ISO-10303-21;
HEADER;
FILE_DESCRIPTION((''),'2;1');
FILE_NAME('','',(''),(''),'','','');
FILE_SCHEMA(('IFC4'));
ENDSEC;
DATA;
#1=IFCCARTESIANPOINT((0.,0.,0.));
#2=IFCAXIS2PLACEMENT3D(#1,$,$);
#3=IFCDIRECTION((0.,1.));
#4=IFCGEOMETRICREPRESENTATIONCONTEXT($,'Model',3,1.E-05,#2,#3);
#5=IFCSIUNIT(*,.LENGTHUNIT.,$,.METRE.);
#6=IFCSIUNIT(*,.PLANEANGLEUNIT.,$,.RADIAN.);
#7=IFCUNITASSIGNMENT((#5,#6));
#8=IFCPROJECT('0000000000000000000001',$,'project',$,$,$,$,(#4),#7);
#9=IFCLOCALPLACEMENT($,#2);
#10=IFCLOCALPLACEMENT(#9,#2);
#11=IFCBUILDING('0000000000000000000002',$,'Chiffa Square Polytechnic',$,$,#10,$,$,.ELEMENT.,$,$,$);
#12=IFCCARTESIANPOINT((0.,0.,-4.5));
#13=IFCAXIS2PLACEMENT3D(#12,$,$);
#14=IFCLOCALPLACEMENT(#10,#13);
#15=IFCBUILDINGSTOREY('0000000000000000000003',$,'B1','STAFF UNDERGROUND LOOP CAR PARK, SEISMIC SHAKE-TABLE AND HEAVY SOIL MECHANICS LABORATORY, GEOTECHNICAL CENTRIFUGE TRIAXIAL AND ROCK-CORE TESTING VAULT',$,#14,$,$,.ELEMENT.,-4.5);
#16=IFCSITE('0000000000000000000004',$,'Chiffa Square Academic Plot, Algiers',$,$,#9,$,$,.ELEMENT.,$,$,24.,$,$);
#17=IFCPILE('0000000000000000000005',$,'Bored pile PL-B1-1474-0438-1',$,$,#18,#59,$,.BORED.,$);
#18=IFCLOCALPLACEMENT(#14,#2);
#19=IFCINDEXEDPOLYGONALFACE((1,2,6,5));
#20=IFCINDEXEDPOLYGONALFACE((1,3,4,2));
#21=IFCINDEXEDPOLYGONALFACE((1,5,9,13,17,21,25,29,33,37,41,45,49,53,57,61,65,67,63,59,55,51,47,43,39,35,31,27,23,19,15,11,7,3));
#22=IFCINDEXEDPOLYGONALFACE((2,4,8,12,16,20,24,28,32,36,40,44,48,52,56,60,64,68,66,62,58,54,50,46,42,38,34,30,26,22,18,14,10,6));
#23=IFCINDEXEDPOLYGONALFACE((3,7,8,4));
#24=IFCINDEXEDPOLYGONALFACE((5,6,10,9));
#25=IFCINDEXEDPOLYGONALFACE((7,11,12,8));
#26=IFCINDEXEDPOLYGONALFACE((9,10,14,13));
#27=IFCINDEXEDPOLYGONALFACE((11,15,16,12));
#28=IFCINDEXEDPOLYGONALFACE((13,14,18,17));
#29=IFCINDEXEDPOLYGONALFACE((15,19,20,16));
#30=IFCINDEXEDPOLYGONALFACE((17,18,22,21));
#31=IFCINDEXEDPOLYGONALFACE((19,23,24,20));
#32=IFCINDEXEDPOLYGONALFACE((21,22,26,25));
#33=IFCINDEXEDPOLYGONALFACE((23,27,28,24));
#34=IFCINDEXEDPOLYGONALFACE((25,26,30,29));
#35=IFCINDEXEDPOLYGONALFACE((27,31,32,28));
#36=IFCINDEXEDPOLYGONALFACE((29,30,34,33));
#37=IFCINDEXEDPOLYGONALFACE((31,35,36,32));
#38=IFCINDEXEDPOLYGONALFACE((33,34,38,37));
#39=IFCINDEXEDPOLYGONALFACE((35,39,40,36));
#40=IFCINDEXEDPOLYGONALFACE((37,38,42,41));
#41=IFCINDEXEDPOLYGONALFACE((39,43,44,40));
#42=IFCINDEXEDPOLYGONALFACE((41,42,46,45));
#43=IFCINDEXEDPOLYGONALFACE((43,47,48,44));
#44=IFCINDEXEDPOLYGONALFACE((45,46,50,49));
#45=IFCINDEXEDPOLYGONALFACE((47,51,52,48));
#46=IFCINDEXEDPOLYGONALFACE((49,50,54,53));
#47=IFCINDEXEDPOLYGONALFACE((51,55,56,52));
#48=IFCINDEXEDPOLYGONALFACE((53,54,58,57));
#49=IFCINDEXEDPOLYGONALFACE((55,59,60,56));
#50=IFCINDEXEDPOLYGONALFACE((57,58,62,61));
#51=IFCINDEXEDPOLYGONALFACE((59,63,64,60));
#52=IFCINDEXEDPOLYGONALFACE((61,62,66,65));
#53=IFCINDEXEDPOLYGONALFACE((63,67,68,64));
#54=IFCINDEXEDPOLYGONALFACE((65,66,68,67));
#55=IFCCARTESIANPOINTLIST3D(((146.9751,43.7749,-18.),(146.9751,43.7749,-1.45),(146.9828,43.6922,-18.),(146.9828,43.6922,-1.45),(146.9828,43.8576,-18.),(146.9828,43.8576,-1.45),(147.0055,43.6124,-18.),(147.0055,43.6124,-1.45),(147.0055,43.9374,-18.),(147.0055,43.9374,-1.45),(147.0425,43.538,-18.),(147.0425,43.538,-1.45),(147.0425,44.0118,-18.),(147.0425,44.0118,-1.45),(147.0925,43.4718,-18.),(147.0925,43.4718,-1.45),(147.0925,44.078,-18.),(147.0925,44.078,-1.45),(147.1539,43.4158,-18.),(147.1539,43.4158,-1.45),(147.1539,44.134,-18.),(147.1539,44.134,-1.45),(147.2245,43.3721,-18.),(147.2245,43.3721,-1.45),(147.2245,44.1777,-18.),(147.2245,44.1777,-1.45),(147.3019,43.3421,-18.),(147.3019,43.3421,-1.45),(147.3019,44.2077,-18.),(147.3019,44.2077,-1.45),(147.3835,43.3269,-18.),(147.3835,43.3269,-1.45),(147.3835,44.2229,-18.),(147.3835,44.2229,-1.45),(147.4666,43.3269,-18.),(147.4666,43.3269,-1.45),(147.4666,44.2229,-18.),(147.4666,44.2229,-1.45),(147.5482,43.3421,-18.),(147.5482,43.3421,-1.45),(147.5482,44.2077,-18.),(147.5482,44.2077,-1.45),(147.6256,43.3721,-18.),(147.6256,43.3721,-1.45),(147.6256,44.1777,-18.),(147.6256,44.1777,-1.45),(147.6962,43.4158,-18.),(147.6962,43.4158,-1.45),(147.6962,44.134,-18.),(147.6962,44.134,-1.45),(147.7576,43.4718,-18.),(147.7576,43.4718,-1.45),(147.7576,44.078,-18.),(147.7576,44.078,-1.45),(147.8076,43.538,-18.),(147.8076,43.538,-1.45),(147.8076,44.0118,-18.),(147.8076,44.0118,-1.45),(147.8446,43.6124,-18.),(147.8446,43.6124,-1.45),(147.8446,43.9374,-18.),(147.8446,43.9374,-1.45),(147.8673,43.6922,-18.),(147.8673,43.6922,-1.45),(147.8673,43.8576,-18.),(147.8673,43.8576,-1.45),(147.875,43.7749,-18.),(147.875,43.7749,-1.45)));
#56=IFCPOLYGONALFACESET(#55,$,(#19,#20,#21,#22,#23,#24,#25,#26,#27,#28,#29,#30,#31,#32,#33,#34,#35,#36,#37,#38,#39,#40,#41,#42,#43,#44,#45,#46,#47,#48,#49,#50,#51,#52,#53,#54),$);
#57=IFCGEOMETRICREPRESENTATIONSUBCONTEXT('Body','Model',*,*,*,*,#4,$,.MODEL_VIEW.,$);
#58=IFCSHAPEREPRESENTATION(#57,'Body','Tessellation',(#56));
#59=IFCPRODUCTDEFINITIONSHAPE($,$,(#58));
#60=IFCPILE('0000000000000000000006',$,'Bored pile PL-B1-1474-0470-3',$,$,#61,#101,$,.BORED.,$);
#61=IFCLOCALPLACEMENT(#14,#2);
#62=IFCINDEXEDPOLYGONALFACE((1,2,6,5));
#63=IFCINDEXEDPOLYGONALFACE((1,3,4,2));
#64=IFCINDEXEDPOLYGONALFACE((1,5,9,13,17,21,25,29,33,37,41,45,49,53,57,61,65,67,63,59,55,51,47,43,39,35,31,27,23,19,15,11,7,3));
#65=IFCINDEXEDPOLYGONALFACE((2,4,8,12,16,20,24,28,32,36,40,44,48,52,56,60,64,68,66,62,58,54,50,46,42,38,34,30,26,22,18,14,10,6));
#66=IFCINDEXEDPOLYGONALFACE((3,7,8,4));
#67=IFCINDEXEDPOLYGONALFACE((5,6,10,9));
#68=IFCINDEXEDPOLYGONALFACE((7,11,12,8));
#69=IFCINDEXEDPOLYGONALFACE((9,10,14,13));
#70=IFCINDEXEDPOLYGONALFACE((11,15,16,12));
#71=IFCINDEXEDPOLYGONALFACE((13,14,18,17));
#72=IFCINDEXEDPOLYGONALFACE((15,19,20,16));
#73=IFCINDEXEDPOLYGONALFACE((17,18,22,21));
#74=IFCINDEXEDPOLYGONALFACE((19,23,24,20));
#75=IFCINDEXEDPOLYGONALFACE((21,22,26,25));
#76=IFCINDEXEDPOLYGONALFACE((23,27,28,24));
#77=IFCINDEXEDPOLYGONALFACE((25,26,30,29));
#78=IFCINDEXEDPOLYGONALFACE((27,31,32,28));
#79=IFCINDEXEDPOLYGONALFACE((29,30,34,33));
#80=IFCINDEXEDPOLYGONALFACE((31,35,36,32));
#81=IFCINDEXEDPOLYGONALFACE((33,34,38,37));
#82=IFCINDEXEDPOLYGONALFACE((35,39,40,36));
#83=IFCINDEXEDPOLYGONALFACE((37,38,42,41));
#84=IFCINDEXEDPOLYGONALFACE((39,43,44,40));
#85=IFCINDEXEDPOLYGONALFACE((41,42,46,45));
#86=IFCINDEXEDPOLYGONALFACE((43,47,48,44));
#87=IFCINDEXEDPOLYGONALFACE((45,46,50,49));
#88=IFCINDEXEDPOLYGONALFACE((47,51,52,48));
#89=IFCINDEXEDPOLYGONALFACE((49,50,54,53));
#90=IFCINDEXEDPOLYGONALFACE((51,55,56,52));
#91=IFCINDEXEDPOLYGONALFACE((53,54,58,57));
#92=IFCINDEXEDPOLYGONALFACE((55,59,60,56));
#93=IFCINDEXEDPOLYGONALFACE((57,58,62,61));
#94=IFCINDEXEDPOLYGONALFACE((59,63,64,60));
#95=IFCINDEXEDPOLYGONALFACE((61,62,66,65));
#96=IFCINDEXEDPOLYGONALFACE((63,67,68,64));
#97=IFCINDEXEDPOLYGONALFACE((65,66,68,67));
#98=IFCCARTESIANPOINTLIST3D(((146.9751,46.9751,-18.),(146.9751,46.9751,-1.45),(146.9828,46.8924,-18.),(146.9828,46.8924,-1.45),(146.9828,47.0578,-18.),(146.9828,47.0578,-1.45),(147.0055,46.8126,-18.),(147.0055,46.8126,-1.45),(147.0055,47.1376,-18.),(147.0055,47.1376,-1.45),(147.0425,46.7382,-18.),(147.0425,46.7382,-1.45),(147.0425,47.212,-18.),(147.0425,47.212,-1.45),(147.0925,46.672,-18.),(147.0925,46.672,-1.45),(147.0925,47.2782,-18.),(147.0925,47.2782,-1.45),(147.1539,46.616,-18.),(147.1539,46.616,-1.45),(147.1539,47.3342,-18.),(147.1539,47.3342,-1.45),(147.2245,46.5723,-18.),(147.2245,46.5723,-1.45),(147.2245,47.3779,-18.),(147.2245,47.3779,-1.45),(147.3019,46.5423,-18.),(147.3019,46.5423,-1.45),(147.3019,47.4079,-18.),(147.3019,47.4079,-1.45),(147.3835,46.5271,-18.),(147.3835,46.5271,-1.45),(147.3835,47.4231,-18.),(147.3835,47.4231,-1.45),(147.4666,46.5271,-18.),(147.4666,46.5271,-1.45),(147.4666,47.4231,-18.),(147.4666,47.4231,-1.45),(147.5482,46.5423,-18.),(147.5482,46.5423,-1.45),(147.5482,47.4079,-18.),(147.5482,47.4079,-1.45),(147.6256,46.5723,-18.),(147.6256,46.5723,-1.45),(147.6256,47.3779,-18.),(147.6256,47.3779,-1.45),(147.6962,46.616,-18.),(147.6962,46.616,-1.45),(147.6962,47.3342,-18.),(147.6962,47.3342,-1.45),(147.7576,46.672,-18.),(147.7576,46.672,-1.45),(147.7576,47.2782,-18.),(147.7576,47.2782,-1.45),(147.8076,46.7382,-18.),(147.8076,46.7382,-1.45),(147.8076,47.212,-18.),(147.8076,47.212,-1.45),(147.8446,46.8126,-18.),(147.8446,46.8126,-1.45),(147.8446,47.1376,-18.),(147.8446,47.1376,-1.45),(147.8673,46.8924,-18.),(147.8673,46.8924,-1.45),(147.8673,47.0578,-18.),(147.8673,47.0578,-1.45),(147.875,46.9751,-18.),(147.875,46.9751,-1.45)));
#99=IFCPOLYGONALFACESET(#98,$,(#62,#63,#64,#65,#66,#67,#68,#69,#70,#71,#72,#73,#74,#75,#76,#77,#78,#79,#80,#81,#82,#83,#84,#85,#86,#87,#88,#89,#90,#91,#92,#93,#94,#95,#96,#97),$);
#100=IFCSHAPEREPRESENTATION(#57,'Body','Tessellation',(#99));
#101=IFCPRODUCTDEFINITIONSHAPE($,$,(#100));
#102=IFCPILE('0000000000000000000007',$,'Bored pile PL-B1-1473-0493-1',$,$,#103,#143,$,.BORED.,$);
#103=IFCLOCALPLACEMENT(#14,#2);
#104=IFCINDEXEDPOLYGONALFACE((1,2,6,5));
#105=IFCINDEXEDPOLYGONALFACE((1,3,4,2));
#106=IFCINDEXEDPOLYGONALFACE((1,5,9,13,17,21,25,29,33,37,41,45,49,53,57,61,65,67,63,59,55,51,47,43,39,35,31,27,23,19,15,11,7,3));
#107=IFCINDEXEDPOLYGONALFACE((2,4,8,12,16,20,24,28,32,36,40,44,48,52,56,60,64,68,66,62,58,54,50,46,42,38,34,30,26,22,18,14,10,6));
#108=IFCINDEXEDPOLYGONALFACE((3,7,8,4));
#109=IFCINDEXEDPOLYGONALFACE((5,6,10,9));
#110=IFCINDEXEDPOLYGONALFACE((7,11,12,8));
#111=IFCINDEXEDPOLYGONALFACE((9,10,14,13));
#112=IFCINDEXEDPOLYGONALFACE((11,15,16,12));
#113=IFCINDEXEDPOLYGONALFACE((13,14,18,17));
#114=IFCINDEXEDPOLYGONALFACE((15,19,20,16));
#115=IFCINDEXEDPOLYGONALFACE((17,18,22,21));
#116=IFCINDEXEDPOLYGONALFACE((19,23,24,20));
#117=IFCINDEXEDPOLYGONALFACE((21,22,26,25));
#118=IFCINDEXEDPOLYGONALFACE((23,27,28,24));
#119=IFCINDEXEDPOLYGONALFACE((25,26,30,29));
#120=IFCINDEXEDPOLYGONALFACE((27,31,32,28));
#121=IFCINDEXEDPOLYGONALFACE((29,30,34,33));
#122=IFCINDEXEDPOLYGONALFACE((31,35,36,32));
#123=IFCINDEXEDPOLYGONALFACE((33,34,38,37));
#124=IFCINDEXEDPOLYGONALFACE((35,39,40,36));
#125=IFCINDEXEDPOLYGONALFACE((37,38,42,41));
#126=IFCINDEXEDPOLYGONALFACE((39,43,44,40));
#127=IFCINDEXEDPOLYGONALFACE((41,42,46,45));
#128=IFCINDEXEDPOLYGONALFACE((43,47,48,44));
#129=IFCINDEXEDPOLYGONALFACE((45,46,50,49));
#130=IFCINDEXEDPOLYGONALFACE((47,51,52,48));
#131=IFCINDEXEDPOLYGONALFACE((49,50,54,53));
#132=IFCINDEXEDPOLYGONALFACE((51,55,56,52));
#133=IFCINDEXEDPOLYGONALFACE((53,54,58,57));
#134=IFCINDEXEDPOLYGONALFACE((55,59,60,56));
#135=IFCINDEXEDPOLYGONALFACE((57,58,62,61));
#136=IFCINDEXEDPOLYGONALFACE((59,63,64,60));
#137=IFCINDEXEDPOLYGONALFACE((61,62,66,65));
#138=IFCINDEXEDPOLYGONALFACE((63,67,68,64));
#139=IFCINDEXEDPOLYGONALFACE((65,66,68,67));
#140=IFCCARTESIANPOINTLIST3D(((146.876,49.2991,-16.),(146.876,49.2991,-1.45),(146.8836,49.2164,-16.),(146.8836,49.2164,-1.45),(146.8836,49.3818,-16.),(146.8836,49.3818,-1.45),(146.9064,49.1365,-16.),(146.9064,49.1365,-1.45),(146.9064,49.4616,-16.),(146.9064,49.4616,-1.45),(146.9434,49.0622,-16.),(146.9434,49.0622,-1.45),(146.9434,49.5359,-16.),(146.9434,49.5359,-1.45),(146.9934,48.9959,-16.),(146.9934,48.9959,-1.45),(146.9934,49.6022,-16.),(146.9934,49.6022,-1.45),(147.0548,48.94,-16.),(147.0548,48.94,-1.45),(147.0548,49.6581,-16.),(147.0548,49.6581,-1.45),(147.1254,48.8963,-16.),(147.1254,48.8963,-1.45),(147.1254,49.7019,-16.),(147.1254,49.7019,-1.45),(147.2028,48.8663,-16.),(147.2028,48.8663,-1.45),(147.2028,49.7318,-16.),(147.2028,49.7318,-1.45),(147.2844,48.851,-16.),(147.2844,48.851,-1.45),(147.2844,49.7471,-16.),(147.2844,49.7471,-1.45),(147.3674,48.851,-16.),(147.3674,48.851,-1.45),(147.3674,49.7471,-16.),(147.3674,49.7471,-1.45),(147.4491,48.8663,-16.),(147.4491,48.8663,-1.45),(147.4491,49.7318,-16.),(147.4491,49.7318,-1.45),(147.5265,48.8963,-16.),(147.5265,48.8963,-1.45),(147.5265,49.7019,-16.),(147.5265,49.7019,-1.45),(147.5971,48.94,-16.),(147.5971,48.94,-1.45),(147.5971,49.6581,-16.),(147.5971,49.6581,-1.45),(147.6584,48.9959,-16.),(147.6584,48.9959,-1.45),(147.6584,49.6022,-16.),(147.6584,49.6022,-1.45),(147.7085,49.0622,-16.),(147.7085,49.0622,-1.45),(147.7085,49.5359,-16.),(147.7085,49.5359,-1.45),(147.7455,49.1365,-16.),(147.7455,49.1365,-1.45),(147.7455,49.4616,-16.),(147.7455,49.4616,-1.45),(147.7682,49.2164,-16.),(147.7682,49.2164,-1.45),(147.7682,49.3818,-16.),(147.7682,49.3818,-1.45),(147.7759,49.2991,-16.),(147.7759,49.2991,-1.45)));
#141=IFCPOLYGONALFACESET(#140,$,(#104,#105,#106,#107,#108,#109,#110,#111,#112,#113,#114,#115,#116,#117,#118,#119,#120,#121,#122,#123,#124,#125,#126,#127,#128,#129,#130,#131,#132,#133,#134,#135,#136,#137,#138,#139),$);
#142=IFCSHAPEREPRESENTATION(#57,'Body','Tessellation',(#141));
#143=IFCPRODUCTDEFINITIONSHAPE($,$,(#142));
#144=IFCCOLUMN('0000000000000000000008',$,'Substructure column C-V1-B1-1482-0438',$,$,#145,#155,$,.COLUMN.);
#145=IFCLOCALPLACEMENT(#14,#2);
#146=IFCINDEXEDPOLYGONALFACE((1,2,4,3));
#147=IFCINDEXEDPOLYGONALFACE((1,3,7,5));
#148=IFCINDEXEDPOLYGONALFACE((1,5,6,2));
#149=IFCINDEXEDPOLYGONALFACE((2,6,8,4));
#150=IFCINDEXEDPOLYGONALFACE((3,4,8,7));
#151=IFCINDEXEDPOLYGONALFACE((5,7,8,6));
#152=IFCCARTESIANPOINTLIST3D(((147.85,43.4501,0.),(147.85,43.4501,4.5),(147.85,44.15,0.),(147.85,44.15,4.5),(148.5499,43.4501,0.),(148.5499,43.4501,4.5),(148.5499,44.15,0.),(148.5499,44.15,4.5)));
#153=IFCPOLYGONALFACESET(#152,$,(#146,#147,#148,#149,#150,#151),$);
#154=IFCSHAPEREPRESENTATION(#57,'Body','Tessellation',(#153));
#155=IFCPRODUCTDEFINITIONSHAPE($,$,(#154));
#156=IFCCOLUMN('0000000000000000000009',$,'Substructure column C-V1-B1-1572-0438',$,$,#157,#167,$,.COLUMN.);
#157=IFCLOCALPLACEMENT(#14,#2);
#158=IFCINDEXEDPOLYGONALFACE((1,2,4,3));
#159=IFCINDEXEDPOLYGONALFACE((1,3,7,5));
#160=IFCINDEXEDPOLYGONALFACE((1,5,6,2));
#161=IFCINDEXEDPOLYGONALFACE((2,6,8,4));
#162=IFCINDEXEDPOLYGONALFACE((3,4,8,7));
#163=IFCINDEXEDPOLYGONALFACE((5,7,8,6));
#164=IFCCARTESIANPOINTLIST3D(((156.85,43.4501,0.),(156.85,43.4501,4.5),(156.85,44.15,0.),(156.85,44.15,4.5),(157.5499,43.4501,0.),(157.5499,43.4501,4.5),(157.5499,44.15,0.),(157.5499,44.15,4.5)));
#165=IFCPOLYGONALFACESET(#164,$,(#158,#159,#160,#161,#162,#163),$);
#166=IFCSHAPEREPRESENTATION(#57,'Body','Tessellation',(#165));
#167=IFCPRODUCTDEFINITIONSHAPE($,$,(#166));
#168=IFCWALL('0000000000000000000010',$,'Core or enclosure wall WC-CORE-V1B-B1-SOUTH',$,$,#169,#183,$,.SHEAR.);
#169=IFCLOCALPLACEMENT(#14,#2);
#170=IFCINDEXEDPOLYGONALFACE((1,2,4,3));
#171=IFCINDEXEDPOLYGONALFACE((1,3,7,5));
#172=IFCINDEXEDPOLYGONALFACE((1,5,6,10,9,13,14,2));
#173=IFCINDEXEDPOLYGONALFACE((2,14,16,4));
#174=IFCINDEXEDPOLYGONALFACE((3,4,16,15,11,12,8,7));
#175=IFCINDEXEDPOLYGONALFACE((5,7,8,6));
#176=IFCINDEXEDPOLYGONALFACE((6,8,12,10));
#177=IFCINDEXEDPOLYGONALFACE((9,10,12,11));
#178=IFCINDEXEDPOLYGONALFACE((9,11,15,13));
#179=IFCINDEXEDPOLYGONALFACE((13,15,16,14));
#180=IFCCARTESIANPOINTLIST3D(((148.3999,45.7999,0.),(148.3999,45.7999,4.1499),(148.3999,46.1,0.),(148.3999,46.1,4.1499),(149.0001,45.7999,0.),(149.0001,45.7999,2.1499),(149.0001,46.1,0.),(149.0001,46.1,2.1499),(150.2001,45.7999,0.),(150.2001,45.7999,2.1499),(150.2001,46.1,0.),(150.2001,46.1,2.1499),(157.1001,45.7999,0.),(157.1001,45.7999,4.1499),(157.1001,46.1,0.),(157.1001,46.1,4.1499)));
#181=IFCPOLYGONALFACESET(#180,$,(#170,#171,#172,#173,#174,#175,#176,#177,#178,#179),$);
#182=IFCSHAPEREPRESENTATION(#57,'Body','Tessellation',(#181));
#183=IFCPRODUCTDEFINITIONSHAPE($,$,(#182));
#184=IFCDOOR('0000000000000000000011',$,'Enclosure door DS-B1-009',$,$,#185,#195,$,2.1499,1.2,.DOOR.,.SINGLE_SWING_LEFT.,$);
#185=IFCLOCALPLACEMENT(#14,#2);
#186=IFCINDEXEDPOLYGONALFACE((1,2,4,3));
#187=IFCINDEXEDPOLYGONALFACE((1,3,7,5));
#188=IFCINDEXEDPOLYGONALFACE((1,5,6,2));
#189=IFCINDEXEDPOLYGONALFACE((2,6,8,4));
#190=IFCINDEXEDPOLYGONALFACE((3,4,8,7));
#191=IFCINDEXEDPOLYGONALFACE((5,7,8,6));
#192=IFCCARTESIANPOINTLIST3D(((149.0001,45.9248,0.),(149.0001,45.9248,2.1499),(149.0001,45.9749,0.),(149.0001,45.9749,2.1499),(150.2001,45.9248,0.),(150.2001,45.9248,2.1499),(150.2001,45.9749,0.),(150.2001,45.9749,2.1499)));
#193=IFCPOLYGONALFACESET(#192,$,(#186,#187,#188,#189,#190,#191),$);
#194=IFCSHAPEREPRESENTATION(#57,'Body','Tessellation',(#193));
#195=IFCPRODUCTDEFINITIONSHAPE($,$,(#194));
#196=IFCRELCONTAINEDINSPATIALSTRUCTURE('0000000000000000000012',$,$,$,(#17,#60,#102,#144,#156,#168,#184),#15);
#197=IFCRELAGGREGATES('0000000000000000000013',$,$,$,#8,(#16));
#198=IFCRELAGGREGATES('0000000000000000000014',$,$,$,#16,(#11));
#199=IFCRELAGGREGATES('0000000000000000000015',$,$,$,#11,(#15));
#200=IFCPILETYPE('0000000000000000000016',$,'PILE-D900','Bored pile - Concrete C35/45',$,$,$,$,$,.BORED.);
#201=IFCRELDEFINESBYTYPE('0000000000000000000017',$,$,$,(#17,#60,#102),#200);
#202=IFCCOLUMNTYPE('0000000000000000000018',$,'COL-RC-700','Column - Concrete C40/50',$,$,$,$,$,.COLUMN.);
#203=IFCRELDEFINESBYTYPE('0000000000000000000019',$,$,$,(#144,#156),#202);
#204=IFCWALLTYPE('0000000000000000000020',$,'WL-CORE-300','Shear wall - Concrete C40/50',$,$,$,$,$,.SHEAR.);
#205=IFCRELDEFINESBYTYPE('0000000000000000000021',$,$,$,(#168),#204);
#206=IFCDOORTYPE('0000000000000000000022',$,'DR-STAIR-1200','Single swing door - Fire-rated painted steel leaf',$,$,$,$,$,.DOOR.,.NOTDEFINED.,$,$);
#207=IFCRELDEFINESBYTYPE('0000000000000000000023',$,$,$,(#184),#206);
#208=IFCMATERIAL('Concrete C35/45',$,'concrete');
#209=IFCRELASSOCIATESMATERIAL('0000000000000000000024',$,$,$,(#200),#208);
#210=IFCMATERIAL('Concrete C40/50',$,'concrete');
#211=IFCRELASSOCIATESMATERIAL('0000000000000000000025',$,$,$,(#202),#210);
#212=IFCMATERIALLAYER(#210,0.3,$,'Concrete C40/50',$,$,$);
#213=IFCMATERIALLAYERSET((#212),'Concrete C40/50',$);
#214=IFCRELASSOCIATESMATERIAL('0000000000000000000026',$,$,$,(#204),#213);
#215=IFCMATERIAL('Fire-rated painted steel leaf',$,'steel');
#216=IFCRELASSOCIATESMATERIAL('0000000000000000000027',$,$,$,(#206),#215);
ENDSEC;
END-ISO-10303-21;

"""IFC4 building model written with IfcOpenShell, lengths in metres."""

from ifc_helpers import new_model, si_unit, direction, frame, frame_2d, origin, origin_2d, place, context, subcontext, project, spatial, rectangle, circle, extrude, material, layer, layer_set, material_profile, profile_set, type_object, element, fill, save


model = new_model("IFC4")

# Units and contexts
model_context = context("Model", 3, precision=1e-05, world=origin(), true_north=direction((0.0, 1.0)))
body_context = subcontext(model_context, "Body", "Model", "MODEL_VIEW")
ifc_project = project(units=[si_unit("LENGTHUNIT", "METRE"), si_unit("PLANEANGLEUNIT", "RADIAN")], contexts=[model_context])

# Site, building, storey
site_placement = place(None, origin())
site = spatial("IfcSite", under=ifc_project, at=site_placement, Name="Chiffa Square Academic Plot, Algiers", CompositionType="ELEMENT", RefElevation=24.0)
building_placement = place(site_placement, origin())
building = spatial("IfcBuilding", under=site, at=building_placement, Name="Chiffa Square Polytechnic", CompositionType="ELEMENT")
storey_placement = place(building_placement, frame((0.0, 0.0, -4.5)))
storey = spatial("IfcBuildingStorey", under=building, at=storey_placement, Name="B1", Description="STAFF UNDERGROUND LOOP CAR PARK, SEISMIC SHAKE-TABLE AND HEAVY SOIL MECHANICS LABORATORY, GEOTECHNICAL CENTRIFUGE TRIAXIAL AND ROCK-CORE TESTING VAULT", CompositionType="ELEMENT", Elevation=-4.5)

# Shared definitions
ifc_material_1 = material(Name="Concrete C35/45", Category="concrete")

# Piles
ifc_material_profile_1 = material_profile(ifc_material_1, circle(Radius=0.45, at=origin_2d()), Name="PILE D900")
ifc_profile_set_1 = profile_set([ifc_material_profile_1], Name="Concrete C35/45")
pile_type_1 = type_object("IfcPileType", Name="PILE-D900", Description="Bored pile - Concrete C35/45", PredefinedType="BORED", material=ifc_profile_set_1)
for number, where, z_axis, x_axis, name in (
    (1, (147.425, 43.7749, -1.45), (0.0, 0.0, -1.0), (1.0, 0.0, 0.0), "Bored pile PL-B1-1474-0438-1"),
    (2, (147.425, 46.9751, -1.45), (0.0, 0.0, -1.0), (1.0, 0.0, 0.0), "Bored pile PL-B1-1474-0470-3"),
):
    element("IfcPile", number, at=place(storey_placement, frame(where, z_axis=z_axis, x_axis=x_axis)), inside=storey, type_object=pile_type_1, Name=name, PredefinedType="BORED", context=body_context, shape_type="SweptSolid", body=[
        extrude(circle(Radius=0.45, at=origin_2d()), origin(), (0.0, 0.0, 1.0), 16.55),
    ])
pile_1_placement = place(storey_placement, frame((147.3259, 49.2991, -1.45), z_axis=(0.0, 0.0, -1.0), x_axis=(1.0, 0.0, 0.0)))
element("IfcPile", 3, at=pile_1_placement, inside=storey, type_object=pile_type_1, Name="Bored pile PL-B1-1473-0493-1", PredefinedType="BORED", context=body_context, shape_type="SweptSolid", body=[
    extrude(circle(Radius=0.45, at=origin_2d()), origin(), (0.0, 0.0, 1.0), 14.55),
])

# Columns
ifc_material_2 = material(Name="Concrete C40/50", Category="concrete")
ifc_material_profile_2 = material_profile(ifc_material_2, rectangle(XDim=0.7, YDim=0.7, at=origin_2d()), Name="RC 700x700")
ifc_profile_set_2 = profile_set([ifc_material_profile_2], Name="Concrete C40/50")
column_type = type_object("IfcColumnType", Name="COL-RC-700", Description="Column - Concrete C40/50", PredefinedType="COLUMN", material=ifc_profile_set_2)
for number, where, z_axis, x_axis, name in (
    (4, (148.2, 43.8, 0.0), (0.0, 0.0, 1.0), (1.0, 0.0, 0.0), "Substructure column C-V1-B1-1482-0438"),
    (5, (157.2, 43.8, 0.0), (0.0, 0.0, 1.0), (1.0, 0.0, 0.0), "Substructure column C-V1-B1-1572-0438"),
):
    element("IfcColumn", number, at=place(storey_placement, frame(where, z_axis=z_axis, x_axis=x_axis)), inside=storey, type_object=column_type, Name=name, PredefinedType="COLUMN", context=body_context, shape_type="SweptSolid", body=[
        extrude(rectangle(XDim=0.7, YDim=0.7, at=origin_2d()), origin(), (0.0, 0.0, 1.0), 4.5),
    ])

# Wall, opening, door
ifc_layer_1 = layer(ifc_material_2, 0.3, Name="Concrete C40/50")
ifc_layer_set_1 = layer_set([ifc_layer_1], Name="Concrete C40/50")
wall_type_1 = type_object("IfcWallType", Name="WL-CORE-300", Description="Shear wall - Concrete C40/50", PredefinedType="SHEAR", material=ifc_layer_set_1)
wall_1_placement = place(storey_placement, frame((148.3999, 45.95, 0.0), z_axis=(0.0, 0.0, 1.0), x_axis=(1.0, 0.0, 0.0)))
wall_1 = element("IfcWall", 6, at=wall_1_placement, inside=storey, type_object=wall_type_1, Name="Core or enclosure wall WC-CORE-V1B-B1-SOUTH", PredefinedType="SHEAR", context=body_context, shape_type="SweptSolid", body=[
    extrude(rectangle(XDim=8.7002, YDim=0.3, at=frame_2d((4.3501, 0.0))), origin(), (0.0, 0.0, 1.0), 4.1499),
])
opening_placement = place(wall_1_placement, frame((0.6001, 0.0, 0.0)))
opening = element("IfcOpeningElement", 7, at=opening_placement, cuts=wall_1, PredefinedType="OPENING", context=body_context, shape_type="SweptSolid", body=[
    extrude(rectangle(XDim=1.2, YDim=2.1499, at=frame_2d((0.6001, 1.075))), frame((0.0, 0.1602, 0.0), z_axis=(0.0, -1.0, 0.0), x_axis=(1.0, 0.0, 0.0)), (0.0, 0.0, 1.0), 0.3201),
])
ifc_material_3 = material(Name="Fire-rated painted steel leaf", Category="steel")
door_type = type_object("IfcDoorType", Name="DR-STAIR-1200", Description="Single swing door - Fire-rated painted steel leaf", OperationType="NOTDEFINED", PredefinedType="DOOR", material=ifc_material_3)
door_placement = place(opening_placement, origin())
door = element("IfcDoor", 8, at=door_placement, inside=storey, type_object=door_type, Name="Enclosure door DS-B1-009", OperationType="SINGLE_SWING_LEFT", OverallHeight=2.1499, OverallWidth=1.2, PredefinedType="DOOR", context=body_context, shape_type="SweptSolid", body=[
    extrude(rectangle(XDim=1.2, YDim=2.1499, at=frame_2d((0.6001, 1.075))), frame((0.0, 0.0249, 0.0), z_axis=(0.0, -1.0, 0.0), x_axis=(1.0, 0.0, 0.0)), (0.0, 0.0, 1.0), 0.05),
])
fill(opening, door)

save(model, "model.ifc")
